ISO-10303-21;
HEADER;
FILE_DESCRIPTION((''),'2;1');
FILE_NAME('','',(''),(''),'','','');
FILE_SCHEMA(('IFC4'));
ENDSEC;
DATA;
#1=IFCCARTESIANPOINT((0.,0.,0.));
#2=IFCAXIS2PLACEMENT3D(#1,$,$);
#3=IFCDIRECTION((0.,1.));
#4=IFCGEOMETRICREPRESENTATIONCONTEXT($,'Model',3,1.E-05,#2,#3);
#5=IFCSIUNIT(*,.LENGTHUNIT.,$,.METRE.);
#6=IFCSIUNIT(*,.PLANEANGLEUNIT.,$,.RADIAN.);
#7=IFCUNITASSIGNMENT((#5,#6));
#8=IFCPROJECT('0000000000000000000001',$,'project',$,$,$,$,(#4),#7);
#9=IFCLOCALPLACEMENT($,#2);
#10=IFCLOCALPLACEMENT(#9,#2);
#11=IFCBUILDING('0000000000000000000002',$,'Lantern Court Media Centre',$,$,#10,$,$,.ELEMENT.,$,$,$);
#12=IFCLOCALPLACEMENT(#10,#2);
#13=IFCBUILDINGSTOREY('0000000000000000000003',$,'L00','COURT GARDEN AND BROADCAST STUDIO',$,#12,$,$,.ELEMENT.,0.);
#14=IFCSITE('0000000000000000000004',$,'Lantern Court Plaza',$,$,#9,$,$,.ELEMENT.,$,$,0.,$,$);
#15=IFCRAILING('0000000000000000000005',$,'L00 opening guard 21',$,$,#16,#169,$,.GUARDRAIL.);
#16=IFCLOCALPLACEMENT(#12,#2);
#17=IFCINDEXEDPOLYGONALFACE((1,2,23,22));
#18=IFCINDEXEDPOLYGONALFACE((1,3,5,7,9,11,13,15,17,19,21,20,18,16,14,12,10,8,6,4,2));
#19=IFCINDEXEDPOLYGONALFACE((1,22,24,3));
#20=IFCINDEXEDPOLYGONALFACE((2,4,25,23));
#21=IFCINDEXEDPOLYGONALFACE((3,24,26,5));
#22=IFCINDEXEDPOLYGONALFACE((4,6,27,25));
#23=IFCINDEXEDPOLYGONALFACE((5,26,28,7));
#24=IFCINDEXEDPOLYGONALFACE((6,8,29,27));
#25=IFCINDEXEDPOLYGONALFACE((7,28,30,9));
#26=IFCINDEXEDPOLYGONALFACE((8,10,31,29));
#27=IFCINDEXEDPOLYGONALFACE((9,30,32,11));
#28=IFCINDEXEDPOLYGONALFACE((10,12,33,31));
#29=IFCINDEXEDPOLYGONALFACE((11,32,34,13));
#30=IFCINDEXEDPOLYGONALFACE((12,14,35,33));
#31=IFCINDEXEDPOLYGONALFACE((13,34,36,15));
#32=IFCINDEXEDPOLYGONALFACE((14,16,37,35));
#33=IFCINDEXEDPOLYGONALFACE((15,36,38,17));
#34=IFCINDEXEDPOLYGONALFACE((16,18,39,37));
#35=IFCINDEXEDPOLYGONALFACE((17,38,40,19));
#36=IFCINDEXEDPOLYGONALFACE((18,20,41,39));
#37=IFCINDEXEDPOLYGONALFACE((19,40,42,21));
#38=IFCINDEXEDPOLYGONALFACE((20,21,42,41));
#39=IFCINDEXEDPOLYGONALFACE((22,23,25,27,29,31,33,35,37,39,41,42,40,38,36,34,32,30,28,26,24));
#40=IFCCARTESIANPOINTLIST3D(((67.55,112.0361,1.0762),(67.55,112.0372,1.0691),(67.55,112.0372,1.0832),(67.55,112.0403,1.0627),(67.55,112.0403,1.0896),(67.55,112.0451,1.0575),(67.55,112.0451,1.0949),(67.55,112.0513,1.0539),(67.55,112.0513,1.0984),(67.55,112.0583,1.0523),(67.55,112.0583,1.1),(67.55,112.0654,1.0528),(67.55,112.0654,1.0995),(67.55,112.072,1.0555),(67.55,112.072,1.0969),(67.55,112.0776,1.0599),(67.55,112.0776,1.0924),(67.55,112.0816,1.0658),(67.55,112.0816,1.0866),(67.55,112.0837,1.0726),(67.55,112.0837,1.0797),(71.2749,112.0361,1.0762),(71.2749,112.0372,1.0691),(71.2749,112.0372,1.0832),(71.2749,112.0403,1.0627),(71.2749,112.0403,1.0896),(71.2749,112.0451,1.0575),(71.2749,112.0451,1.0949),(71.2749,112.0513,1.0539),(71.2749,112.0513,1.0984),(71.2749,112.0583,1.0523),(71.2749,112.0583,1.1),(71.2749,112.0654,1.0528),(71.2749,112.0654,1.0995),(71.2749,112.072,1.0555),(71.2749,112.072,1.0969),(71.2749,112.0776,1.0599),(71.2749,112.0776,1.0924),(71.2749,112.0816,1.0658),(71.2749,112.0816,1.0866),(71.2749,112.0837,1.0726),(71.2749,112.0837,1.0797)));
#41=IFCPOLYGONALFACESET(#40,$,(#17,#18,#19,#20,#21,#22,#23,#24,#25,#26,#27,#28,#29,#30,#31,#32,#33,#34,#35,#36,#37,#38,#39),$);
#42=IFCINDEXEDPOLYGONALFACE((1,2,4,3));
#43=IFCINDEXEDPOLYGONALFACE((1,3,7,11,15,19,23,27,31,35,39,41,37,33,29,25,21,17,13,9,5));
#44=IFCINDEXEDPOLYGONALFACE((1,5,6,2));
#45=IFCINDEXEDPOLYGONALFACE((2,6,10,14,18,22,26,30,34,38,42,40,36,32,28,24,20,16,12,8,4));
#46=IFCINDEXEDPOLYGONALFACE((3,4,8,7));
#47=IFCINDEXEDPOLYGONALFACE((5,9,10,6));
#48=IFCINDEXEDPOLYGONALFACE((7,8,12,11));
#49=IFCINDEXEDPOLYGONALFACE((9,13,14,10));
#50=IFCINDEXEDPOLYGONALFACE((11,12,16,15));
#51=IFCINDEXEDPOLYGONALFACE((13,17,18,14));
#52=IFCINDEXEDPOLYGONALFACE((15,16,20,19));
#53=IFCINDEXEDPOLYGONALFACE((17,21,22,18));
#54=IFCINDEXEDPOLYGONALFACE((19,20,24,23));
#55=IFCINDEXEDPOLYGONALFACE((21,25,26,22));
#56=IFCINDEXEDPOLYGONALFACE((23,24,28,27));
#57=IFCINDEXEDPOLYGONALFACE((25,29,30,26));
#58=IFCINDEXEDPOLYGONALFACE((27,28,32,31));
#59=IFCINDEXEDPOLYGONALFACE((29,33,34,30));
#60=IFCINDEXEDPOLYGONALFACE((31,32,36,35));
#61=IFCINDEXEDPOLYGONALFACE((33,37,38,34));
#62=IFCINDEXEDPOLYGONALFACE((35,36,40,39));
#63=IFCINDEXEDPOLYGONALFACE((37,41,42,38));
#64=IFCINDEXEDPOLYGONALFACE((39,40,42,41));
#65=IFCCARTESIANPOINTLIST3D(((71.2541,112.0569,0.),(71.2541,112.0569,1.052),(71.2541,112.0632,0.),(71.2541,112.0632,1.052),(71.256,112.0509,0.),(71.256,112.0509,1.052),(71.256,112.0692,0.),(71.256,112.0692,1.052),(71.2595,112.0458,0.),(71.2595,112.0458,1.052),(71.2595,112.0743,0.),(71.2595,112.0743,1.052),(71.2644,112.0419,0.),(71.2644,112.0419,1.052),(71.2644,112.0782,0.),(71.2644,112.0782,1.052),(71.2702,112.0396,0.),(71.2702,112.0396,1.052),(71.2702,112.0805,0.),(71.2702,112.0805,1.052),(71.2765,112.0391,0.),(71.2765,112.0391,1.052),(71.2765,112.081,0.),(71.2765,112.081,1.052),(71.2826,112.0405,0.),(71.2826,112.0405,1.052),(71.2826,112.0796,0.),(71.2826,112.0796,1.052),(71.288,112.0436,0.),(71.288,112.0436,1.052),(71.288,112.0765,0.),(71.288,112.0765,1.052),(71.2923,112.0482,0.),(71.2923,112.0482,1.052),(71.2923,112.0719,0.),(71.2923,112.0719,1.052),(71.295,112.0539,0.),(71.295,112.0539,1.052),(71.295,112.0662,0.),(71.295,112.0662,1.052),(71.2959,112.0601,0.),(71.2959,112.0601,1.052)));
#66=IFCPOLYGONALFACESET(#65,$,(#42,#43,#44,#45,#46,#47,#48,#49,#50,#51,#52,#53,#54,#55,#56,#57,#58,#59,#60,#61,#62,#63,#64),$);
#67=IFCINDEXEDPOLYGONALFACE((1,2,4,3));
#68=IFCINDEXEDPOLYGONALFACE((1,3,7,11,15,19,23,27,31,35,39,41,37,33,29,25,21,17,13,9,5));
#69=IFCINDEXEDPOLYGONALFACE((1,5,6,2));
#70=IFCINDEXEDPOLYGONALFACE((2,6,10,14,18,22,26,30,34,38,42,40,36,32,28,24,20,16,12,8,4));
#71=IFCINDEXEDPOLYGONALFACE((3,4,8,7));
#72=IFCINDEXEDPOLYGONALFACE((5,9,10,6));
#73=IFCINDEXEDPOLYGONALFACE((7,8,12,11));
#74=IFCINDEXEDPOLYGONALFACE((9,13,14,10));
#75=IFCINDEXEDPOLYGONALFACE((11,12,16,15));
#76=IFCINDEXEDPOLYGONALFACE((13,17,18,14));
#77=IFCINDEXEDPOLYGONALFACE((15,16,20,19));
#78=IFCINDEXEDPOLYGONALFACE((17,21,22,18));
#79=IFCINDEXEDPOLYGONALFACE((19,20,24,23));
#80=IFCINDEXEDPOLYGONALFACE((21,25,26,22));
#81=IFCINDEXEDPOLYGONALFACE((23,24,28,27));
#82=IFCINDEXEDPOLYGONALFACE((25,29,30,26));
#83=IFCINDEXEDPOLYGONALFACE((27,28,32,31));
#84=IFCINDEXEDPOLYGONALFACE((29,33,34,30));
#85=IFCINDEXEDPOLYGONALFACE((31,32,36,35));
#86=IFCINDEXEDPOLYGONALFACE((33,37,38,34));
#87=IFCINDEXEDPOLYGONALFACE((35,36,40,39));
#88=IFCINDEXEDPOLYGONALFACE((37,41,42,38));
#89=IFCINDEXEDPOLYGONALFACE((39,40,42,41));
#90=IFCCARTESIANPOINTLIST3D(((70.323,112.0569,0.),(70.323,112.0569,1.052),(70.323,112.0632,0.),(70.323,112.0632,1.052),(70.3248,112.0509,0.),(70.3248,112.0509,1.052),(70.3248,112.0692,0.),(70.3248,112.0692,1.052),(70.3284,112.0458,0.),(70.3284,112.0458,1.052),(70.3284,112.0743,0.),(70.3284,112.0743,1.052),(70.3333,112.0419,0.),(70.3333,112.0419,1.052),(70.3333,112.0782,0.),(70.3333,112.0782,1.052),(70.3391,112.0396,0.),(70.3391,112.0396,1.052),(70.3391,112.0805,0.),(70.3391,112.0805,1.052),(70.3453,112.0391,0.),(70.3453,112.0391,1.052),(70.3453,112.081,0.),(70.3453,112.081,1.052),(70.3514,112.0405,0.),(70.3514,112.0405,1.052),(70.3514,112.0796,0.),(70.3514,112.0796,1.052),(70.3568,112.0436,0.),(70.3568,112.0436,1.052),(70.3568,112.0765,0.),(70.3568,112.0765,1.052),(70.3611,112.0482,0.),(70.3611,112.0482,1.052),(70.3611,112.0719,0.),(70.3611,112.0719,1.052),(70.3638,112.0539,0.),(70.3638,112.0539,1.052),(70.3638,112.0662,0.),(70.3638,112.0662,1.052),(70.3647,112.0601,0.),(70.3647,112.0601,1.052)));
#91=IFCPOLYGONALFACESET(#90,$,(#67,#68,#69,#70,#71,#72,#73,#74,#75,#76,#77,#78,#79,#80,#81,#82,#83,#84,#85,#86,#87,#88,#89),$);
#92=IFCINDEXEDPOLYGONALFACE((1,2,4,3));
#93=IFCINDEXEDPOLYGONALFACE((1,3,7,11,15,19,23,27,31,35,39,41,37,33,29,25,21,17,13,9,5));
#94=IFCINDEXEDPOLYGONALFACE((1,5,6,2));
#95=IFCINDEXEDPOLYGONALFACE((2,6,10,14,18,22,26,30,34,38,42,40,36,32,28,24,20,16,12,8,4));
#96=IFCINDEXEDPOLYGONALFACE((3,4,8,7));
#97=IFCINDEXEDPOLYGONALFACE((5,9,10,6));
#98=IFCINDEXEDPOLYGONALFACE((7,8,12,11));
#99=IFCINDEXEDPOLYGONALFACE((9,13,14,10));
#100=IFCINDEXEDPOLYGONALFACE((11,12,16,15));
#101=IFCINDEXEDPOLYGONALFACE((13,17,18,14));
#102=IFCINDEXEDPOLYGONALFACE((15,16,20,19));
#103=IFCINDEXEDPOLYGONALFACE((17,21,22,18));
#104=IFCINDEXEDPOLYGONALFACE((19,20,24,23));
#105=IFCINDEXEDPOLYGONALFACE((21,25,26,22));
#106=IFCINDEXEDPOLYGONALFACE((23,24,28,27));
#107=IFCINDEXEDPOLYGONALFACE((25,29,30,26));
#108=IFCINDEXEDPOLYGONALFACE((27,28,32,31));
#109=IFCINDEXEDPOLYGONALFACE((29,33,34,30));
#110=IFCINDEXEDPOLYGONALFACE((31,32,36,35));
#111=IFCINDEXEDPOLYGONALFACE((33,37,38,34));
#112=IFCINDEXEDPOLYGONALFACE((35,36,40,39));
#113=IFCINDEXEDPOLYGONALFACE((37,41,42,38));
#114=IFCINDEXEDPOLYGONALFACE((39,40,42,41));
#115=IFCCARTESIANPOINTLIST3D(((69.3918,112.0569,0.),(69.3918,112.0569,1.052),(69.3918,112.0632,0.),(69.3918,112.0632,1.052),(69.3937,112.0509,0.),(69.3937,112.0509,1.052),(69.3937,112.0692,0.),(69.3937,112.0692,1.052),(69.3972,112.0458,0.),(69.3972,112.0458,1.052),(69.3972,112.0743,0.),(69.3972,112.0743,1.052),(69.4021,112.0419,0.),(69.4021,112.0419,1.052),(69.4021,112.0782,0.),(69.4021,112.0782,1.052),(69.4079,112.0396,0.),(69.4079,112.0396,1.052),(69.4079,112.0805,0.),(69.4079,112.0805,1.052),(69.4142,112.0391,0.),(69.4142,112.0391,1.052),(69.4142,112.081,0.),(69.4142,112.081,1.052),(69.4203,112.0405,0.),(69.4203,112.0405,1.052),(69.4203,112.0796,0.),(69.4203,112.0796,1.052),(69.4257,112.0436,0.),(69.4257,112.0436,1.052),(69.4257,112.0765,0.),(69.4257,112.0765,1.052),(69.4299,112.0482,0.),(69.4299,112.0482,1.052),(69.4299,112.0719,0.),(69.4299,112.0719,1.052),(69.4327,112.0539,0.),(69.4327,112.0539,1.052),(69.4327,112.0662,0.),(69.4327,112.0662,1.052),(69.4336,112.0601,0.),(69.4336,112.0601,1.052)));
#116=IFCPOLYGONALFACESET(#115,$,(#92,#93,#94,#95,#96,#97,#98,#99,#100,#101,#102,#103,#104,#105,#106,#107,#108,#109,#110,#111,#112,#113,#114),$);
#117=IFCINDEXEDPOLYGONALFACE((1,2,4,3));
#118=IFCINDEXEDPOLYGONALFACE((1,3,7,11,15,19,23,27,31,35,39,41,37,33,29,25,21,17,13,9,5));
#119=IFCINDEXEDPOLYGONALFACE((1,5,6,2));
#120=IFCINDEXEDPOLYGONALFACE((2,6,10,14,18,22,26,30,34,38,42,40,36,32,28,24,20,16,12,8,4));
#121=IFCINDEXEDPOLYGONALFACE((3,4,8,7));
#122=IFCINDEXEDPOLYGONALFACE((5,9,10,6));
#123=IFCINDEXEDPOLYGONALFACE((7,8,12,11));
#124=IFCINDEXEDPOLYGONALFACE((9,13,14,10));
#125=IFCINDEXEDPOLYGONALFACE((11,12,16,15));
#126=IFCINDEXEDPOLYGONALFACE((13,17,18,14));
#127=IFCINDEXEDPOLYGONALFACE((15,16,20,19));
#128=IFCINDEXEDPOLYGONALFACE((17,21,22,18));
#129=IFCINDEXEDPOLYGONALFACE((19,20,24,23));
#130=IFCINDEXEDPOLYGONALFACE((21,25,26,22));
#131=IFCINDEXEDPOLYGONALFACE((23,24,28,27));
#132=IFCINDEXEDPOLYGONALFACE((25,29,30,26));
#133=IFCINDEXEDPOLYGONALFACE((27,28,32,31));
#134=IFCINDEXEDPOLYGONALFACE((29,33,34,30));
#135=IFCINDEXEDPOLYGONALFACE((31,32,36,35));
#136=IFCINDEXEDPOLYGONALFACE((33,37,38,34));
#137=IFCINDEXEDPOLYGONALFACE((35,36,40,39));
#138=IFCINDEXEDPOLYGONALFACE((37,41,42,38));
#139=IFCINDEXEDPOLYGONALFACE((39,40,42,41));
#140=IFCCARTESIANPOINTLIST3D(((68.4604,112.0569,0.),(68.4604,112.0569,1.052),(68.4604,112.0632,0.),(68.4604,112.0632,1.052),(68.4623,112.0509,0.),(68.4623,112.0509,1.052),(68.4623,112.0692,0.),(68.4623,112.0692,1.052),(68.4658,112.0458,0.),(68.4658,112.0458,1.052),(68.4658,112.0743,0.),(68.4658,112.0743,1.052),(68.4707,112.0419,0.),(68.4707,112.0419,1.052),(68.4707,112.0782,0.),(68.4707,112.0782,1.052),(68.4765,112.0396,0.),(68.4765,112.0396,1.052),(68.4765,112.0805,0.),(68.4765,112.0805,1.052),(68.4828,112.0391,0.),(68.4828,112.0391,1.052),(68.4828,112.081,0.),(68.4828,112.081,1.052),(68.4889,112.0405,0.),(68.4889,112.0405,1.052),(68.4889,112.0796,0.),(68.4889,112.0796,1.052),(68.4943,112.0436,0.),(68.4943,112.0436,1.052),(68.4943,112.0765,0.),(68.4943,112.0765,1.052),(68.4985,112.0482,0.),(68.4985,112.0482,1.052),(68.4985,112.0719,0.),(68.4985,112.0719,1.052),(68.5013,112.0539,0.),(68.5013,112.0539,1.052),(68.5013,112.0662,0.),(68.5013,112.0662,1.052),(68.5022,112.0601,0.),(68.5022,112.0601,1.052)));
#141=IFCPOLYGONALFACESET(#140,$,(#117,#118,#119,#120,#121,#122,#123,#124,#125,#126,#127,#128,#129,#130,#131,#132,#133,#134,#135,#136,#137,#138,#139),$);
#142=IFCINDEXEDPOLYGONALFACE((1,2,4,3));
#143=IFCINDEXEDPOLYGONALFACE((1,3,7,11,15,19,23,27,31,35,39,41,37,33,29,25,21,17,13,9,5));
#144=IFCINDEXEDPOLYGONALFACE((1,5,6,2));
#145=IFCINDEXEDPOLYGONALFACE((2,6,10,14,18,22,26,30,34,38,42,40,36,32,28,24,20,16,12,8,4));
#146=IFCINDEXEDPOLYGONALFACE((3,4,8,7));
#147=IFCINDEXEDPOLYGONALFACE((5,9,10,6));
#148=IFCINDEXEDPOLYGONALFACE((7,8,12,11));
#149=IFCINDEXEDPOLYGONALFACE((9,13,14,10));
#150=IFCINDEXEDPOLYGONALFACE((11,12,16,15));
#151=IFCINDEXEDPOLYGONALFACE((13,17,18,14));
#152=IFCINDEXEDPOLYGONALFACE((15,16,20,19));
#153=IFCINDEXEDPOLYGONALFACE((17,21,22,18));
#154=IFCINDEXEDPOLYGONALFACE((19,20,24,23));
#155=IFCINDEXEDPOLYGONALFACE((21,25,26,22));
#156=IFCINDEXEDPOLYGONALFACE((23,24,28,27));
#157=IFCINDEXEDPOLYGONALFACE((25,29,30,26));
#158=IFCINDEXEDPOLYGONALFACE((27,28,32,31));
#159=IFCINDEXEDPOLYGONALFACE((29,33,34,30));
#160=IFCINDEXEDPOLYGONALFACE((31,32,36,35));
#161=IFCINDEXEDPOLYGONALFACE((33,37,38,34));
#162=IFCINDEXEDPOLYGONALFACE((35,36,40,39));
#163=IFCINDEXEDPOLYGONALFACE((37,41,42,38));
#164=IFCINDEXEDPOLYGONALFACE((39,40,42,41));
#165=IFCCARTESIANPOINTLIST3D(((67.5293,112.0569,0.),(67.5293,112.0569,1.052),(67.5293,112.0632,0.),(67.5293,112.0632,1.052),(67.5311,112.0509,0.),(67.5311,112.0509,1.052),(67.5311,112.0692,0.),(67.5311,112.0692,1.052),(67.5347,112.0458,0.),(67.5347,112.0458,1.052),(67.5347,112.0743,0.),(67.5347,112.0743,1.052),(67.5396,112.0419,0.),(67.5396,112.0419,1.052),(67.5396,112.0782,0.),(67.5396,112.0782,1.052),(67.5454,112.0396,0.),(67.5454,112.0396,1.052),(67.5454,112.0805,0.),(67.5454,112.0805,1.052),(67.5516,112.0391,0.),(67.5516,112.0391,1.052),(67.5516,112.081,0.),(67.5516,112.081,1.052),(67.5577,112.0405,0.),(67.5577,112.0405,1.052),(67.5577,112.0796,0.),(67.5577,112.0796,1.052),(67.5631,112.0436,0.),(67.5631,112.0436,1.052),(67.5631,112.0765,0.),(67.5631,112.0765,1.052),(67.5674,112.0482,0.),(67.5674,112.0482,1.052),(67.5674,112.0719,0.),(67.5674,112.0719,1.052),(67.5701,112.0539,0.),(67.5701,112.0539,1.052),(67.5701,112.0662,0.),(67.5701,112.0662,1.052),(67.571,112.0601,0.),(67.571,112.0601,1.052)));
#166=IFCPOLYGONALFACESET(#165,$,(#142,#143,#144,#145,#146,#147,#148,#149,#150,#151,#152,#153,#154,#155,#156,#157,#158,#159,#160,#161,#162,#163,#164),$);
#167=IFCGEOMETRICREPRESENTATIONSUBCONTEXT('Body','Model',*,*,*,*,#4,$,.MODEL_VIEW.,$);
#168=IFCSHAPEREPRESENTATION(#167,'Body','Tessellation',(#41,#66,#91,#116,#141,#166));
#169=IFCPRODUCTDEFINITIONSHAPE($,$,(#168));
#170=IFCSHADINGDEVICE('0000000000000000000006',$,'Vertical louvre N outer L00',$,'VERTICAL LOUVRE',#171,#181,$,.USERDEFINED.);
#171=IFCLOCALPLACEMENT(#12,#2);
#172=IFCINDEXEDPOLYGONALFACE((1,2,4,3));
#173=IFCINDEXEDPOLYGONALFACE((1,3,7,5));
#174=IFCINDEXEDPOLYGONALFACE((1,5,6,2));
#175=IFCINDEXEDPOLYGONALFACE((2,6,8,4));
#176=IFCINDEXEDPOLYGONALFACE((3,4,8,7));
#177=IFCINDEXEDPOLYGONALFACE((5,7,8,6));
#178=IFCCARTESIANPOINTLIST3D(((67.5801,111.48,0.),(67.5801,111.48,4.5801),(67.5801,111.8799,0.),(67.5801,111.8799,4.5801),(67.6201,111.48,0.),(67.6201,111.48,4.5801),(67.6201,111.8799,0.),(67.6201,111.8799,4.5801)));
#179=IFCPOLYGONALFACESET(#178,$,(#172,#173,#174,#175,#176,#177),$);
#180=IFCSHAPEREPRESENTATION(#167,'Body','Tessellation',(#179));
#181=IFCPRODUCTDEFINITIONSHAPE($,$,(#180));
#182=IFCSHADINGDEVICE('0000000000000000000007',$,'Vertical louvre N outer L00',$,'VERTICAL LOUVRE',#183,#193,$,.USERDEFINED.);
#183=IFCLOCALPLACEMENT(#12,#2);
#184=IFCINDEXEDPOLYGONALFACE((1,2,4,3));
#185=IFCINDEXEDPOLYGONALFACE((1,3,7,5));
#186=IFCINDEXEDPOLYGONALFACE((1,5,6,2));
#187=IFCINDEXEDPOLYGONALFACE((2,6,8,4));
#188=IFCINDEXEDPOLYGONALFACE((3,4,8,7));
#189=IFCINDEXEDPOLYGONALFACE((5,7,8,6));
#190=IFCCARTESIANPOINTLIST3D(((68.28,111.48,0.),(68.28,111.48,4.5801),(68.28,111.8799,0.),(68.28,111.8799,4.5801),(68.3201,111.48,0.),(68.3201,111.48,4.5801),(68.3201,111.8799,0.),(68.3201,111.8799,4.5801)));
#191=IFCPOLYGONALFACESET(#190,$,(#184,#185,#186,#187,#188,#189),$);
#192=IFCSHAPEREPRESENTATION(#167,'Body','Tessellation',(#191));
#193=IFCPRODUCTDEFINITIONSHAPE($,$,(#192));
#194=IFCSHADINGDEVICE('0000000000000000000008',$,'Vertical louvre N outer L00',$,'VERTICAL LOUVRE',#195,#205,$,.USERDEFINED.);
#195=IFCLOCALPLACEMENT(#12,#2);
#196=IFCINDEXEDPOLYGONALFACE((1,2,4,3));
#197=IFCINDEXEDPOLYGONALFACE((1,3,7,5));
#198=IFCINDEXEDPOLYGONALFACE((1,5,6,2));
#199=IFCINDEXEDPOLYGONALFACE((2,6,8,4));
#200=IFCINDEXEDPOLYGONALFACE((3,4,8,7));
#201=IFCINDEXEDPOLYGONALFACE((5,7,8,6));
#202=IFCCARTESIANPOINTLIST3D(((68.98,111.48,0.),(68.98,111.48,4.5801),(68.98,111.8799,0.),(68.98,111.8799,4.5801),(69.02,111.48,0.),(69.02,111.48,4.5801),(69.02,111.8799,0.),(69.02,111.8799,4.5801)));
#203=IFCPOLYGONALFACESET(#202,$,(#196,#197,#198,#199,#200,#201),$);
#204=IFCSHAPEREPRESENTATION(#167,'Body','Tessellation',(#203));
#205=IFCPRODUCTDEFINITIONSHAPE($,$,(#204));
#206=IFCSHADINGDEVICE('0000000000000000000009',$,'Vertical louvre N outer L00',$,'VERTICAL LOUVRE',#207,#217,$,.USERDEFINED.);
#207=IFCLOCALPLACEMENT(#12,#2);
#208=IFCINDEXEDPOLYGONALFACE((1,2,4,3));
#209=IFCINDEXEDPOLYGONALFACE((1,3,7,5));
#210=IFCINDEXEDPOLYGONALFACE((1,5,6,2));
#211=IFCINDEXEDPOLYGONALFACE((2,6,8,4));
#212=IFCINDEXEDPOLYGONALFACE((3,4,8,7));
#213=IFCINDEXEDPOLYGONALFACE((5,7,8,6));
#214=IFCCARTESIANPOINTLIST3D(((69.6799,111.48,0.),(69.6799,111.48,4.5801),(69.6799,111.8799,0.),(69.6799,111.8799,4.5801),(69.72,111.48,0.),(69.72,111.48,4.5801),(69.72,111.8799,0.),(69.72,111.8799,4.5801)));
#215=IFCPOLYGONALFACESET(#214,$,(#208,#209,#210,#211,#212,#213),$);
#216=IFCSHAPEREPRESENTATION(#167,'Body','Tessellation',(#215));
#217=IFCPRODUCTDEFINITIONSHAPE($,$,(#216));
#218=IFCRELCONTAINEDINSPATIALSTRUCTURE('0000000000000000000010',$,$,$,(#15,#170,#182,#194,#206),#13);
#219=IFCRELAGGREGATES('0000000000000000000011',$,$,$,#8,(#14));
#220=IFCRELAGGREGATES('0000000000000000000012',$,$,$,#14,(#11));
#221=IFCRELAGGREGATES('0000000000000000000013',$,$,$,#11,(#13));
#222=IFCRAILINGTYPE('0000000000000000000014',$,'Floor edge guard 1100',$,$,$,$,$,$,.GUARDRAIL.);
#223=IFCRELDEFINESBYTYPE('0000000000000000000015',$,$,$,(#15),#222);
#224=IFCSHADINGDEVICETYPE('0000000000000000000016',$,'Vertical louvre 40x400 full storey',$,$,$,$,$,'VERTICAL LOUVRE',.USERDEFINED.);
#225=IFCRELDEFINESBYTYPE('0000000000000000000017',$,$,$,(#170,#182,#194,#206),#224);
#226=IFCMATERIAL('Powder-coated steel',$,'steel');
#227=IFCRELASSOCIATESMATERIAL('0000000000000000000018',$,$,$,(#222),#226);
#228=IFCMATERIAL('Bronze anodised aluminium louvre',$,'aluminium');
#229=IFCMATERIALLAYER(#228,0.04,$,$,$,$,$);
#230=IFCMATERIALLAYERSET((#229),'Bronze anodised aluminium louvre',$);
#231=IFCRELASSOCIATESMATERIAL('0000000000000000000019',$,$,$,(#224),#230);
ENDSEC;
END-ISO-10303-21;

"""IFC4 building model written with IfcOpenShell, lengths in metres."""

from ifc_helpers import new_model, si_unit, direction, frame, origin, origin_2d, place, context, subcontext, project, spatial, rectangle, circle, extrude, material, layer, layer_set, type_object, element, save


model = new_model("IFC4")

# Units and contexts
model_context = context("Model", 3, precision=1e-05, world=origin(), true_north=direction((0.0, 1.0)))
body_context = subcontext(model_context, "Body", "Model", "MODEL_VIEW")
ifc_project = project(units=[si_unit("LENGTHUNIT", "METRE"), si_unit("PLANEANGLEUNIT", "RADIAN")], contexts=[model_context])

# Site, building, storey
site_placement = place(None, origin())
site = spatial("IfcSite", under=ifc_project, at=site_placement, Name="Lantern Court Plaza", CompositionType="ELEMENT", RefElevation=0.0)
building_placement = place(site_placement, origin())
building = spatial("IfcBuilding", under=site, at=building_placement, Name="Lantern Court Media Centre", CompositionType="ELEMENT")
storey_placement = place(building_placement, origin())
storey = spatial("IfcBuildingStorey", under=building, at=storey_placement, Name="L00", Description="COURT GARDEN AND BROADCAST STUDIO", CompositionType="ELEMENT", Elevation=0.0)

# Railing
ifc_material_1 = material(Name="Powder-coated steel", Category="steel")
railing_type = type_object("IfcRailingType", Name="Floor edge guard 1100", PredefinedType="GUARDRAIL", material=ifc_material_1)
railing_placement = place(storey_placement, frame((71.2749, 112.0601, 0.0)))
element("IfcRailing", 1, at=railing_placement, inside=storey, type_object=railing_type, Name="L00 opening guard 21", PredefinedType="GUARDRAIL", context=body_context, shape_type="SweptSolid", body=[
    extrude(circle(Radius=0.0239, at=origin_2d()), frame((0.0, 0.0, 1.0762), z_axis=(-1.0, 0.0, 0.0), x_axis=(0.0, -1.0, 0.0)), (0.0, 0.0, 1.0), 3.7249),
    extrude(circle(Radius=0.021, at=origin_2d()), origin(), (0.0, 0.0, 1.0), 1.052),
    extrude(circle(Radius=0.021, at=origin_2d()), frame((-0.9312, 0.0, 0.0)), (0.0, 0.0, 1.0), 1.052),
    extrude(circle(Radius=0.021, at=origin_2d()), frame((-1.8623, 0.0, 0.0)), (0.0, 0.0, 1.0), 1.052),
    extrude(circle(Radius=0.021, at=origin_2d()), frame((-2.7937, 0.0, 0.0)), (0.0, 0.0, 1.0), 1.052),
    extrude(circle(Radius=0.021, at=origin_2d()), frame((-3.7249, 0.0, 0.0)), (0.0, 0.0, 1.0), 1.052),
])

# Shading devices
ifc_material_2 = material(Name="Bronze anodised aluminium louvre", Category="aluminium")
ifc_layer_1 = layer(ifc_material_2, 0.04)
ifc_layer_set_1 = layer_set([ifc_layer_1], Name="Bronze anodised aluminium louvre")
shading_device_type = type_object("IfcShadingDeviceType", Name="Vertical louvre 40x400 full storey", ElementType="VERTICAL LOUVRE", PredefinedType="USERDEFINED", material=ifc_layer_set_1)
for number, where, z_axis, x_axis, name in (
    (2, (67.6001, 111.6799, 0.0), (0.0, 0.0, 1.0), (1.0, 0.0, 0.0), "Vertical louvre N outer L00"),
    (3, (68.3, 111.6799, 0.0), (0.0, 0.0, 1.0), (1.0, 0.0, 0.0), "Vertical louvre N outer L00"),
    (4, (69.0, 111.6799, 0.0), (0.0, 0.0, 1.0), (1.0, 0.0, 0.0), "Vertical louvre N outer L00"),
    (5, (69.7, 111.6799, 0.0), (0.0, 0.0, 1.0), (1.0, 0.0, 0.0), "Vertical louvre N outer L00"),
):
    element("IfcShadingDevice", number, at=place(storey_placement, frame(where, z_axis=z_axis, x_axis=x_axis)), inside=storey, type_object=shading_device_type, Name=name, ObjectType="VERTICAL LOUVRE", PredefinedType="USERDEFINED", context=body_context, shape_type="SweptSolid", body=[
        extrude(rectangle(XDim=0.04, YDim=0.3999, at=origin_2d()), origin(), (0.0, 0.0, 1.0), 4.5801),
    ])

save(model, "model.ifc")
